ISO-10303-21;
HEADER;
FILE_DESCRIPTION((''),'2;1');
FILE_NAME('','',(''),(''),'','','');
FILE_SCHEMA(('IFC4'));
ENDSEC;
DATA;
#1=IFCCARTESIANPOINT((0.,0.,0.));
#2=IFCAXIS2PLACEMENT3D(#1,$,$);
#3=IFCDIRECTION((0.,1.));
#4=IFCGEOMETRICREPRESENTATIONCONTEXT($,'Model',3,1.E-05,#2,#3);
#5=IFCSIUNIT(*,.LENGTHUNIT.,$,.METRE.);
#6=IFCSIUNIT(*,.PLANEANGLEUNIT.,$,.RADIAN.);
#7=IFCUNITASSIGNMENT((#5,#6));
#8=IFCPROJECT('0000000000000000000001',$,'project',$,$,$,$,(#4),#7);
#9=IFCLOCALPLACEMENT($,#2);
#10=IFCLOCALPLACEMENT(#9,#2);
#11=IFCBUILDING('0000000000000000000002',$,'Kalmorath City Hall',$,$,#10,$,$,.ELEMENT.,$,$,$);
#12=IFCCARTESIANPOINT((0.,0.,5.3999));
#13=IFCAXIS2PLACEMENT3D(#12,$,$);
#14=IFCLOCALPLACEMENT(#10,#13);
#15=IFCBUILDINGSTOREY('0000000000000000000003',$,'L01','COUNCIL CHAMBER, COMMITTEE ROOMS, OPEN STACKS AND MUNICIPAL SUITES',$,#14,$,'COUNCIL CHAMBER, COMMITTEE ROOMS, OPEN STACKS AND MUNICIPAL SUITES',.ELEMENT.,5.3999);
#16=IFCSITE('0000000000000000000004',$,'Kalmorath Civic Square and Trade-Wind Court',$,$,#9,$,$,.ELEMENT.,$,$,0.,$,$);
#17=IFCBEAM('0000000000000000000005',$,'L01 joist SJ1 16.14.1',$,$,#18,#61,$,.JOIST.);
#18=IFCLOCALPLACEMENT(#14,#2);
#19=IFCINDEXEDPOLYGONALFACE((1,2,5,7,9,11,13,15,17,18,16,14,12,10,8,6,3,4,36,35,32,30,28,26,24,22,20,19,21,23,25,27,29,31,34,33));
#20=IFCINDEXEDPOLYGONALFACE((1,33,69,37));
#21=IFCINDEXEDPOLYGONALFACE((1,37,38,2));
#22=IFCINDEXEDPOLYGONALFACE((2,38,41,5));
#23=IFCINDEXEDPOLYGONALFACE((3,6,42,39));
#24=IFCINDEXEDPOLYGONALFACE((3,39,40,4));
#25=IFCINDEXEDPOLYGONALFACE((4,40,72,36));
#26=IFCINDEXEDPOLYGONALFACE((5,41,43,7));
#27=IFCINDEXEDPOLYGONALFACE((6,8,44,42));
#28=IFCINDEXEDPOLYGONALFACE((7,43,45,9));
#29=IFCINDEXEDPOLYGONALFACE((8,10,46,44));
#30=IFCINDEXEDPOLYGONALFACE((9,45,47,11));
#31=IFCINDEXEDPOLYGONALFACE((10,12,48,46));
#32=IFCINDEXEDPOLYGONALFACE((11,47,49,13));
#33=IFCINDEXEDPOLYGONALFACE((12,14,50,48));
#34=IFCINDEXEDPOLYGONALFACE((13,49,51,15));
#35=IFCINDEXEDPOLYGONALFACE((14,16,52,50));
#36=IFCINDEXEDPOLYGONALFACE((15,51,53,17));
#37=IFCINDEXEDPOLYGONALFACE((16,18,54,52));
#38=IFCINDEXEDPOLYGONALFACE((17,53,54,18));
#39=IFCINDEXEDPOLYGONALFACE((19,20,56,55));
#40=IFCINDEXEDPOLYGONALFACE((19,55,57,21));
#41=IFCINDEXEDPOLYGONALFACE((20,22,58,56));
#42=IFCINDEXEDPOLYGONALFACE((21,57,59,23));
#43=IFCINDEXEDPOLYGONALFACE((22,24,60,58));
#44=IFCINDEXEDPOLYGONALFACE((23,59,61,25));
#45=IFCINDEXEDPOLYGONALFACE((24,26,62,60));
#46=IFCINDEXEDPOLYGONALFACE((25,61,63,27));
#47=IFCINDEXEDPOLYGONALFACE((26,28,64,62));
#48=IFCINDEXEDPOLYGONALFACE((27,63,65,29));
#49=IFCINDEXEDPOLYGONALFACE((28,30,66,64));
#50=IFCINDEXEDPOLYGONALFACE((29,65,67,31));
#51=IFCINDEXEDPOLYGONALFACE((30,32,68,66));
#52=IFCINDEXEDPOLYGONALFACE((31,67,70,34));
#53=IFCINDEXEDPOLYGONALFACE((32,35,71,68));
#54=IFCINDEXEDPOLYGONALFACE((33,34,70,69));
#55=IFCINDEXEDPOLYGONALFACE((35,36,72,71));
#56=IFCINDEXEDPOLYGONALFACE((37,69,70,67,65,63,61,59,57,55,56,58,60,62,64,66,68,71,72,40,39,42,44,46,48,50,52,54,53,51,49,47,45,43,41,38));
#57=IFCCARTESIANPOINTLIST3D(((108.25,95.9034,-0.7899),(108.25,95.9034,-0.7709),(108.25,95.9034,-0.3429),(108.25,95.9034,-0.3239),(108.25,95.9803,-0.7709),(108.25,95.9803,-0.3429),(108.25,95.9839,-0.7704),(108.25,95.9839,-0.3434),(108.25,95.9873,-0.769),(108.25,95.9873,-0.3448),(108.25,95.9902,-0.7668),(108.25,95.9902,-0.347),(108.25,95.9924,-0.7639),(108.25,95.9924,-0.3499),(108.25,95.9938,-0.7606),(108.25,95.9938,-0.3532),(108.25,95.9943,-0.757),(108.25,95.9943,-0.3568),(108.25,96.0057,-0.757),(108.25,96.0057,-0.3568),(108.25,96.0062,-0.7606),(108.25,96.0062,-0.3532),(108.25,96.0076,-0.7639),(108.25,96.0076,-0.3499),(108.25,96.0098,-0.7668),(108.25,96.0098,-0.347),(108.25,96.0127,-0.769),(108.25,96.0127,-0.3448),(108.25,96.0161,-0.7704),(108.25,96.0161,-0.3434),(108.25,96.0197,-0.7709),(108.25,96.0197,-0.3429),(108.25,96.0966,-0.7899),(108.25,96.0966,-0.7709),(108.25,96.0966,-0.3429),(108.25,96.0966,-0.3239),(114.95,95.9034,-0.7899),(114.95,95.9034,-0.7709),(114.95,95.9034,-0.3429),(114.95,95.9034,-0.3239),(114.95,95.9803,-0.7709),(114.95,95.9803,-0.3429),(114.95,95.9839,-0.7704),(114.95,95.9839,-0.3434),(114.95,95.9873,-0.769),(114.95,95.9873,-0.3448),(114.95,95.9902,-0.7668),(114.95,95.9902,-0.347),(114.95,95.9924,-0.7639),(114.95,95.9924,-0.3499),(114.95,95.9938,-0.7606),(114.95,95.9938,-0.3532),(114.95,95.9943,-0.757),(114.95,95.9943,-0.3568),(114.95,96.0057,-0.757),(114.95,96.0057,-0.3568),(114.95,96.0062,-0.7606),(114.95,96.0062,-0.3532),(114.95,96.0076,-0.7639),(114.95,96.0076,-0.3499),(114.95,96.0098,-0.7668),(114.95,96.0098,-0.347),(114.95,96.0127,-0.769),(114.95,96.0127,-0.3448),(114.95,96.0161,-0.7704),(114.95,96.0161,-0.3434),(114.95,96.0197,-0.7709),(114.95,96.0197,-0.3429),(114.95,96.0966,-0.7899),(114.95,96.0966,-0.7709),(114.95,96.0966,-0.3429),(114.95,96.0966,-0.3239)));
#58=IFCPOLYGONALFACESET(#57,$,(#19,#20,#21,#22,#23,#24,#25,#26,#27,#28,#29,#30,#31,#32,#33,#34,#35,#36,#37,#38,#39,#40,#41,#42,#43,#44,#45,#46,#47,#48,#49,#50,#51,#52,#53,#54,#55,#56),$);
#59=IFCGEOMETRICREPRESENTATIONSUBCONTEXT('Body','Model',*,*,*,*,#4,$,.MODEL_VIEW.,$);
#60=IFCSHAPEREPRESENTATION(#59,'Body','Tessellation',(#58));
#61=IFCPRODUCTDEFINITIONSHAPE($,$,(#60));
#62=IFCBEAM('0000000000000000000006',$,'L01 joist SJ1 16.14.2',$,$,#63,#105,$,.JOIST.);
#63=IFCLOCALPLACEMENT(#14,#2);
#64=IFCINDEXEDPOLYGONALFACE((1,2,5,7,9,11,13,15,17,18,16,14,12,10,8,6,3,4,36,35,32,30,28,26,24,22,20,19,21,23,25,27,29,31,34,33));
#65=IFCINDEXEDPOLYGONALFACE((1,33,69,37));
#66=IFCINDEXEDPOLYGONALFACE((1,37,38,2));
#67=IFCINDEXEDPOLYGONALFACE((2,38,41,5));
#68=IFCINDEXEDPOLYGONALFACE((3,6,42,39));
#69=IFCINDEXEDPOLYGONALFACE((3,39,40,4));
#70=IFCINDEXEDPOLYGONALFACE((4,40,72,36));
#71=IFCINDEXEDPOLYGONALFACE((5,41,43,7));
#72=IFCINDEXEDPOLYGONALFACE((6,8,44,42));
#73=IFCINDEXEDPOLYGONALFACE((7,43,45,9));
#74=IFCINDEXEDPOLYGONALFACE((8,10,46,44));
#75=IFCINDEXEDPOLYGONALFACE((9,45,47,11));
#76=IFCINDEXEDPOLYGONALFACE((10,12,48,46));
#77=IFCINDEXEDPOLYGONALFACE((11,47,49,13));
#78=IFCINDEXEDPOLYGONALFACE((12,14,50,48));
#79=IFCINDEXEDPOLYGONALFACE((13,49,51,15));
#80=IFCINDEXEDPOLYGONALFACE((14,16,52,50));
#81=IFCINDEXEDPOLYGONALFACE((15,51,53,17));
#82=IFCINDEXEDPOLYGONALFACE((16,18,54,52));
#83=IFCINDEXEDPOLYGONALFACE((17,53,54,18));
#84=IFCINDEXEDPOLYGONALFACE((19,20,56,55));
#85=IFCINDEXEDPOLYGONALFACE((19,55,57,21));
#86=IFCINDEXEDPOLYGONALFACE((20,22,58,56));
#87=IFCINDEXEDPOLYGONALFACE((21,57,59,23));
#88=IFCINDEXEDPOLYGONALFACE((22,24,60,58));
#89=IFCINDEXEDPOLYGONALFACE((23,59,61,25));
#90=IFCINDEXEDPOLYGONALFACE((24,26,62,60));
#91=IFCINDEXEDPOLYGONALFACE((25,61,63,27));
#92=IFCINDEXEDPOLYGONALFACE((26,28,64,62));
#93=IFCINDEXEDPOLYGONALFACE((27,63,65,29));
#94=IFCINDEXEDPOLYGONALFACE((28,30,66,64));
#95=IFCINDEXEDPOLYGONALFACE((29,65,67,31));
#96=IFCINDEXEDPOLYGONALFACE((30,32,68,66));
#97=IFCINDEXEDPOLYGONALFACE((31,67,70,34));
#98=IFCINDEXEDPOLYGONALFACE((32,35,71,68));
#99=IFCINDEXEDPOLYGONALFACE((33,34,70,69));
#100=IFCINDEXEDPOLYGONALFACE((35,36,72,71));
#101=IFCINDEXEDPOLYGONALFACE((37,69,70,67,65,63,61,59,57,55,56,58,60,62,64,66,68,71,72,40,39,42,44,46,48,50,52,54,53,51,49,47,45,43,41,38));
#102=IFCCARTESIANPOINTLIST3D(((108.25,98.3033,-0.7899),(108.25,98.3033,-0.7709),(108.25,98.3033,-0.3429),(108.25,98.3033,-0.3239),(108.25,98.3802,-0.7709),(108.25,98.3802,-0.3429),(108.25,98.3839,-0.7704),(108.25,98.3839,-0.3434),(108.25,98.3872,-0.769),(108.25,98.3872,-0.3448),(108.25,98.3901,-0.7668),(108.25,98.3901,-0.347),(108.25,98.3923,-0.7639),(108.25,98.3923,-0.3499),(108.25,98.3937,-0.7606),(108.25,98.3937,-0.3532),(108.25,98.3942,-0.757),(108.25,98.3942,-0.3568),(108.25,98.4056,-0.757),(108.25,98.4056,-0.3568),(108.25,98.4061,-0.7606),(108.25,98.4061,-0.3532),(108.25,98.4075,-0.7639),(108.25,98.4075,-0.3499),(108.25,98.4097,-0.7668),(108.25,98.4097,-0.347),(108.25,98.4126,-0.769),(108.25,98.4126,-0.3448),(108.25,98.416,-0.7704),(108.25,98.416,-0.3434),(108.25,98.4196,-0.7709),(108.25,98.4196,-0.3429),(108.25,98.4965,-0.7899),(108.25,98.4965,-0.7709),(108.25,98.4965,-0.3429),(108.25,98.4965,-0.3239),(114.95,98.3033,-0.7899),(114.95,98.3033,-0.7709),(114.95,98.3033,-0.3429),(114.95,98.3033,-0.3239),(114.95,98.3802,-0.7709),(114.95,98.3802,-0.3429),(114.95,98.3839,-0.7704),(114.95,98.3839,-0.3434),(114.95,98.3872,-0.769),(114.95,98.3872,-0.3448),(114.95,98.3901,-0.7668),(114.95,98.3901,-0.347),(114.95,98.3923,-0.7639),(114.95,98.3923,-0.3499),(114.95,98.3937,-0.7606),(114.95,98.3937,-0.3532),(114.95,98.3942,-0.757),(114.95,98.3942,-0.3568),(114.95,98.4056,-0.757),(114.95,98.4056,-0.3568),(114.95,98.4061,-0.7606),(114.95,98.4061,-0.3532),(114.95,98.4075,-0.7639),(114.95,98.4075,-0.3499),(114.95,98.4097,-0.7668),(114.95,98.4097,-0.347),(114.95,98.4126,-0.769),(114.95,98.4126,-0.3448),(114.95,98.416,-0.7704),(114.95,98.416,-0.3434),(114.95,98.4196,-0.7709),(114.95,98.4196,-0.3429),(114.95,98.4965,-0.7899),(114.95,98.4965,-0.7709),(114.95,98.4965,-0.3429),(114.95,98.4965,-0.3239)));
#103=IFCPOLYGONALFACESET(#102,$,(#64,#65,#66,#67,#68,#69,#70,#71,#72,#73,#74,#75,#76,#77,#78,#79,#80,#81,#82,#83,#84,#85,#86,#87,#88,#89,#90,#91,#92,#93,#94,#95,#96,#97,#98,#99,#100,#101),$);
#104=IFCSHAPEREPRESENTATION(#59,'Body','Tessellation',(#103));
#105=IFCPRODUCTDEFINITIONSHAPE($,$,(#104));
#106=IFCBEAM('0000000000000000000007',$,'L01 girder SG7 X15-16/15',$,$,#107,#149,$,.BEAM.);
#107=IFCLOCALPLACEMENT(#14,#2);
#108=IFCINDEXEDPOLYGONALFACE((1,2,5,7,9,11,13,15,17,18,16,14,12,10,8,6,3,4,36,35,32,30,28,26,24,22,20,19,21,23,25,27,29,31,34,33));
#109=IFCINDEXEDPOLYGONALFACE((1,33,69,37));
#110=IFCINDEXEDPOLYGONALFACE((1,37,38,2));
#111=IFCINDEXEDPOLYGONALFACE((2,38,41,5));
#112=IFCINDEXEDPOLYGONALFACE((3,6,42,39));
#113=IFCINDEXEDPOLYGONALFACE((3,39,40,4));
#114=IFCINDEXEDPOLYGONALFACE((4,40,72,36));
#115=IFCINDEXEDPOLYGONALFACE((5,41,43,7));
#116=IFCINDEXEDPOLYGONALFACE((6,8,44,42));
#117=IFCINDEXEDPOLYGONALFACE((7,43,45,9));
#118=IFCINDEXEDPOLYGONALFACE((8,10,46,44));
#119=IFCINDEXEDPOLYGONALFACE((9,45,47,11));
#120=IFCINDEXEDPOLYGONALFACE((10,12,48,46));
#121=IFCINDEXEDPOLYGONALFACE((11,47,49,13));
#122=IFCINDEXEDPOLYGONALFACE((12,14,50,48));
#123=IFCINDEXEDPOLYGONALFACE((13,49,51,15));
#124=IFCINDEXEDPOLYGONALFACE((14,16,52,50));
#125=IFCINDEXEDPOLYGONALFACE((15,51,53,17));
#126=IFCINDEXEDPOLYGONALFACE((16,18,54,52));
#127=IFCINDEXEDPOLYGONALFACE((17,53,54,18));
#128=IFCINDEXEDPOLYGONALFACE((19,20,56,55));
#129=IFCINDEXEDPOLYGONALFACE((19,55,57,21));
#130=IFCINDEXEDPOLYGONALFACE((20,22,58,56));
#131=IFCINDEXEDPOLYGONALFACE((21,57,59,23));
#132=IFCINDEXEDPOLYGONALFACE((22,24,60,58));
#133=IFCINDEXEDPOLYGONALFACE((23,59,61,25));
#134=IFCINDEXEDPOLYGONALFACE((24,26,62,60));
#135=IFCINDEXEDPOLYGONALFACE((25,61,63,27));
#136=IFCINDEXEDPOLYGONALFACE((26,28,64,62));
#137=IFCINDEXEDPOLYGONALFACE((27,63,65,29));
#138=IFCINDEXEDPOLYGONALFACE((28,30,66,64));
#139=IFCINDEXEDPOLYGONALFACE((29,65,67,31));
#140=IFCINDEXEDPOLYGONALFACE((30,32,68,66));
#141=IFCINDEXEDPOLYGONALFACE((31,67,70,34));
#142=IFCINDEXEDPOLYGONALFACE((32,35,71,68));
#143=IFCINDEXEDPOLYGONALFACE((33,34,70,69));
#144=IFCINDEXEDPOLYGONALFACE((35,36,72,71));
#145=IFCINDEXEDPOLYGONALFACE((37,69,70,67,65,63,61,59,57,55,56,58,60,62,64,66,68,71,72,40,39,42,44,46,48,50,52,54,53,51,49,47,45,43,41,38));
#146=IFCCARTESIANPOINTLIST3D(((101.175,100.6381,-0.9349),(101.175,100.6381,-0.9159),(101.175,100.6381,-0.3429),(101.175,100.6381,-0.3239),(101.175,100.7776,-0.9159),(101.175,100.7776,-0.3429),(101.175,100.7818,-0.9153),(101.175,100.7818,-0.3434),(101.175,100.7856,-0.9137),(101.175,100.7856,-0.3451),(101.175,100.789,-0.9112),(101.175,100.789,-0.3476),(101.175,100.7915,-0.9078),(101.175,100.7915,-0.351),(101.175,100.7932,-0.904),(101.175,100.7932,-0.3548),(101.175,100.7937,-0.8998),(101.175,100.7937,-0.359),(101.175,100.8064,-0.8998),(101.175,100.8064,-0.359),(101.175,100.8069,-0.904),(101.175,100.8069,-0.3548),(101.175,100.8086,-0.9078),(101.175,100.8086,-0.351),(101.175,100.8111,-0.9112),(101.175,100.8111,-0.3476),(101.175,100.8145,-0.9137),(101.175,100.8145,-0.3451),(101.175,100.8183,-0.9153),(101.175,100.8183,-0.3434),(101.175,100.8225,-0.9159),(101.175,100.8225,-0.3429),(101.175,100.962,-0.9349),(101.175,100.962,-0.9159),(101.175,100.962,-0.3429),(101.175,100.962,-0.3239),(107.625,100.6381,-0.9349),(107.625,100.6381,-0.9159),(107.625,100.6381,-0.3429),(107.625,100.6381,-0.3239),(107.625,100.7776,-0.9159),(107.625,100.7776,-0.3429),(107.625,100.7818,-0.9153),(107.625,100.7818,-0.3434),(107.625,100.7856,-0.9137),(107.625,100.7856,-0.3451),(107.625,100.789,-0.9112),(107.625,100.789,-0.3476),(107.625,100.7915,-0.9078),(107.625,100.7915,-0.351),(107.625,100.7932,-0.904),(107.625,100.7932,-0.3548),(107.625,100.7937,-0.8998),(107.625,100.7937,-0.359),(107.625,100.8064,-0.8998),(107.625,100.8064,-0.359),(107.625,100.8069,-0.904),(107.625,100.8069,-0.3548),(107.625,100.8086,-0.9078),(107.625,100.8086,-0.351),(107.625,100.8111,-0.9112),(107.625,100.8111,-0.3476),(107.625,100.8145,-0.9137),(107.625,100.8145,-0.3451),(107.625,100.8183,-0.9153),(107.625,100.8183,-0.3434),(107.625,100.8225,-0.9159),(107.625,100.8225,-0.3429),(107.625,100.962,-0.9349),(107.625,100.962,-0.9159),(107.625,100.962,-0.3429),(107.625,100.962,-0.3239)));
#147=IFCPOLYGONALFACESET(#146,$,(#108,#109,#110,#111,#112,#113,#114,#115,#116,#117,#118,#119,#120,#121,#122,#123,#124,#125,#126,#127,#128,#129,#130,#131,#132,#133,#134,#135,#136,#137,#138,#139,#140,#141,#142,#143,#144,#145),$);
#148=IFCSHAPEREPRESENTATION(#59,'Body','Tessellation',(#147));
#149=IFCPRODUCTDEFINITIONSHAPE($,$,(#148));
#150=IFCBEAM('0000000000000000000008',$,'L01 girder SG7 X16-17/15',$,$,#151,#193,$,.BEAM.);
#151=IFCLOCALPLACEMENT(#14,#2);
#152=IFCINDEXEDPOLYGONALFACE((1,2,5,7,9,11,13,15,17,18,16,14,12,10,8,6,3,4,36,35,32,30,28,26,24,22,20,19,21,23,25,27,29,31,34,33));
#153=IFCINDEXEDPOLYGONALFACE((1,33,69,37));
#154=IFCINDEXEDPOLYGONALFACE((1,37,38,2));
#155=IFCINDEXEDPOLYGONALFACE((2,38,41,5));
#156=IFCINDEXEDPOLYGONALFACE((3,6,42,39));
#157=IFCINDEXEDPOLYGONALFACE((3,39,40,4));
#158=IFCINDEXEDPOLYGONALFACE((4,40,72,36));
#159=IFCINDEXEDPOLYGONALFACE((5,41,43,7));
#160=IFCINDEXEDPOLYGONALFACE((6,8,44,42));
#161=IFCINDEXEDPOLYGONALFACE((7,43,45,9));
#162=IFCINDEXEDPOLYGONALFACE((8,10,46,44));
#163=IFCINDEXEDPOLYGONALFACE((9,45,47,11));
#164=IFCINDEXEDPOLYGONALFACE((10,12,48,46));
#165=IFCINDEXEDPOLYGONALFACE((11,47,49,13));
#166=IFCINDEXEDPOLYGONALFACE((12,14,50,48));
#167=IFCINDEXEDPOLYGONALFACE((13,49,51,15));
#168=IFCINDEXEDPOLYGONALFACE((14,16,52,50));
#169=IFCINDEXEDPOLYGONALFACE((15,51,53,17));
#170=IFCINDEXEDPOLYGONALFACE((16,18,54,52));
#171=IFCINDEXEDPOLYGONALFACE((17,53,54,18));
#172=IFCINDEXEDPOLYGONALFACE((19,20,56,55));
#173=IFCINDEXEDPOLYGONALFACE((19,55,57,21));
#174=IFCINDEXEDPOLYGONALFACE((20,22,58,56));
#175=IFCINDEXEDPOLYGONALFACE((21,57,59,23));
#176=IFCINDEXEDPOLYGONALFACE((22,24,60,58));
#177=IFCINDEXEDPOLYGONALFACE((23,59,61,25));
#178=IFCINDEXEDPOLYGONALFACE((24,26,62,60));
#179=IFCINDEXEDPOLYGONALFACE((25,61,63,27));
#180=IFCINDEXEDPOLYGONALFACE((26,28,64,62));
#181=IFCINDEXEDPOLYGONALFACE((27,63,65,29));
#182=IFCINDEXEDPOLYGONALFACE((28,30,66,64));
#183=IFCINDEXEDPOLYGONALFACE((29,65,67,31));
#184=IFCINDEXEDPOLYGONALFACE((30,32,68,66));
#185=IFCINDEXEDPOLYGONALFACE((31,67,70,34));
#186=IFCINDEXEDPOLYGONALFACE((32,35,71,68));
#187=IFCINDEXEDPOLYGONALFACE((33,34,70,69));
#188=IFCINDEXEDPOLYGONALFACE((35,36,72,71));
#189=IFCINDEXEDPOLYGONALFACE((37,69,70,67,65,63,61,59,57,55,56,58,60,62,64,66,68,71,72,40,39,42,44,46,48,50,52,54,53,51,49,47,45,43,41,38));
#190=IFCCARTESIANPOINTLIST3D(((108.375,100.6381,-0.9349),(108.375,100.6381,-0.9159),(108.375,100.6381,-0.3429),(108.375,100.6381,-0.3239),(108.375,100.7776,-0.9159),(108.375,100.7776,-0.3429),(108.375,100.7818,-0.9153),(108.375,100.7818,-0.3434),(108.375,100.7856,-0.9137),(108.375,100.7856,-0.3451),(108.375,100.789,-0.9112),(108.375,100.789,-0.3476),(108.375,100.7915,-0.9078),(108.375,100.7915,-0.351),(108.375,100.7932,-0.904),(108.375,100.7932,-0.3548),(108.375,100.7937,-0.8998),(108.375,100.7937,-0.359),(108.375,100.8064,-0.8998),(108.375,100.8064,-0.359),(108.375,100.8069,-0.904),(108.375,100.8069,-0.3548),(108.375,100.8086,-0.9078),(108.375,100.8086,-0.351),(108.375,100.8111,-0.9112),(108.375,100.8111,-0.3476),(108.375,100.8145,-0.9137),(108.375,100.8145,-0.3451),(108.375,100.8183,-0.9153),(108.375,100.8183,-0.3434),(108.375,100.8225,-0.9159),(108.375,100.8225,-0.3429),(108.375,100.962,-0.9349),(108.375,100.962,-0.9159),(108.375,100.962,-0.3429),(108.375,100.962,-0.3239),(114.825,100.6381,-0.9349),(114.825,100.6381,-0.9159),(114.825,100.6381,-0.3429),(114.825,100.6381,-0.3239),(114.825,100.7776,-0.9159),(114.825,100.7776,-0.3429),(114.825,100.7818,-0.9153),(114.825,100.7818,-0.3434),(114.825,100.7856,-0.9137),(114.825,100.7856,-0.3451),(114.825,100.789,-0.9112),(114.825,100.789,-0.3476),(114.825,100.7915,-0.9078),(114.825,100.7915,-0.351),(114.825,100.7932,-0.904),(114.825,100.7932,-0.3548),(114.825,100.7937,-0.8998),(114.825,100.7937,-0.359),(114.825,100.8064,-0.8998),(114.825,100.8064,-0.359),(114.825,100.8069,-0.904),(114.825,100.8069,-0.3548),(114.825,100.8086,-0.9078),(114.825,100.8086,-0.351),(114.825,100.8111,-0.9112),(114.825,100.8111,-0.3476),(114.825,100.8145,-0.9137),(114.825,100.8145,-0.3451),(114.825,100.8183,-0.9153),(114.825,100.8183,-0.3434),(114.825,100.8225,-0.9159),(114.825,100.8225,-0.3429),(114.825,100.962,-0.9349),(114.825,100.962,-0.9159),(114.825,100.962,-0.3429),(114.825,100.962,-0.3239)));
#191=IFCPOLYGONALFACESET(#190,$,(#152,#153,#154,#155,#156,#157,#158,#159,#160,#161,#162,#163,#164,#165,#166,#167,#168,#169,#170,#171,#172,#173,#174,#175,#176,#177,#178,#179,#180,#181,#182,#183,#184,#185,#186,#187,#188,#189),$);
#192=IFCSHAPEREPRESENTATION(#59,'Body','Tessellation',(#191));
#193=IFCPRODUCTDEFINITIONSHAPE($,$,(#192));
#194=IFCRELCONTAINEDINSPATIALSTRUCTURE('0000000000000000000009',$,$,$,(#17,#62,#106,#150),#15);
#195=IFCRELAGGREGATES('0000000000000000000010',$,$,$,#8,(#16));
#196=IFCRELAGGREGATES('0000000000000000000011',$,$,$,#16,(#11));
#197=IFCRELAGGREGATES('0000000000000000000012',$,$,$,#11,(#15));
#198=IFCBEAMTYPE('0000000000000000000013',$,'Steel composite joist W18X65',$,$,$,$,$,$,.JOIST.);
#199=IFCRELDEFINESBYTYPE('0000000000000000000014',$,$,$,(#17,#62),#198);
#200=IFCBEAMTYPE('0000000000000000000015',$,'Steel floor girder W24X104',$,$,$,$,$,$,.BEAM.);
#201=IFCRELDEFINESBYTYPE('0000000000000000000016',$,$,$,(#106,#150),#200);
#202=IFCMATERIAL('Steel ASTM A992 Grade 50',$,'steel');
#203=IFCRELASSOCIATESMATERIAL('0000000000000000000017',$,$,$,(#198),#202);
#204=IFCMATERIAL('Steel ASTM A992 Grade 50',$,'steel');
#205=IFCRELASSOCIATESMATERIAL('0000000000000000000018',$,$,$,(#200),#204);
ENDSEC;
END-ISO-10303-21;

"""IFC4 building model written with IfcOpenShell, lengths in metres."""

from ifc_helpers import new_model, si_unit, direction, frame, origin, origin_2d, place, context, subcontext, project, spatial, i_section, extrude, material, material_profile, profile_set, type_object, element, save


model = new_model("IFC4")

# Units and contexts
model_context = context("Model", 3, precision=1e-05, world=origin(), true_north=direction((0.0, 1.0)))
body_context = subcontext(model_context, "Body", "Model", "MODEL_VIEW")
ifc_project = project(units=[si_unit("LENGTHUNIT", "METRE"), si_unit("PLANEANGLEUNIT", "RADIAN")], contexts=[model_context])

# Site, building, storey
site_placement = place(None, origin())
site = spatial("IfcSite", under=ifc_project, at=site_placement, Name="Kalmorath Civic Square and Trade-Wind Court", CompositionType="ELEMENT", RefElevation=0.0)
building_placement = place(site_placement, origin())
building = spatial("IfcBuilding", under=site, at=building_placement, Name="Kalmorath City Hall", CompositionType="ELEMENT")
storey_placement = place(building_placement, frame((0.0, 0.0, 5.3999)))
storey = spatial("IfcBuildingStorey", under=building, at=storey_placement, Name="L01", Description="COUNCIL CHAMBER, COMMITTEE ROOMS, OPEN STACKS AND MUNICIPAL SUITES", LongName="COUNCIL CHAMBER, COMMITTEE ROOMS, OPEN STACKS AND MUNICIPAL SUITES", CompositionType="ELEMENT", Elevation=5.3999)

# Beams
ifc_material_1 = material(Name="Steel ASTM A992 Grade 50", Category="steel")
ifc_material_profile_1 = material_profile(ifc_material_1, i_section(OverallWidth=0.1931, OverallDepth=0.4661, WebThickness=0.0115, FlangeThickness=0.019, FilletRadius=0.0139, at=origin_2d()), Name="W18X65")
ifc_profile_set_1 = profile_set([ifc_material_profile_1], Name="Steel ASTM A992 Grade 50")
beam_type_1 = type_object("IfcBeamType", Name="Steel composite joist W18X65", PredefinedType="JOIST", material=ifc_profile_set_1)
for number, where, z_axis, x_axis, name in (
    (1, (108.25, 96.0, -0.5569), (1.0, 0.0, 0.0), (0.0, 1.0, 0.0), "L01 joist SJ1 16.14.1"),
    (2, (108.25, 98.3999, -0.5569), (1.0, 0.0, 0.0), (0.0, 1.0, 0.0), "L01 joist SJ1 16.14.2"),
):
    element("IfcBeam", number, at=place(storey_placement, frame(where, z_axis=z_axis, x_axis=x_axis)), inside=storey, type_object=beam_type_1, Name=name, PredefinedType="JOIST", context=body_context, shape_type="SweptSolid", body=[
        extrude(i_section(OverallWidth=0.1931, OverallDepth=0.4661, WebThickness=0.0115, FlangeThickness=0.019, FilletRadius=0.0139, at=origin_2d()), origin(), (0.0, 0.0, 1.0), 6.7),
    ])
ifc_material_2 = material(Name="Steel ASTM A992 Grade 50", Category="steel")
ifc_material_profile_2 = material_profile(ifc_material_2, i_section(OverallWidth=0.324, OverallDepth=0.6111, WebThickness=0.0127, FlangeThickness=0.019, FilletRadius=0.0161, at=origin_2d()), Name="W24X104")
ifc_profile_set_2 = profile_set([ifc_material_profile_2], Name="Steel ASTM A992 Grade 50")
beam_type_2 = type_object("IfcBeamType", Name="Steel floor girder W24X104", PredefinedType="BEAM", material=ifc_profile_set_2)
for number, where, z_axis, x_axis, name in (
    (3, (101.175, 100.8, -0.6294), (1.0, 0.0, 0.0), (0.0, 1.0, 0.0), "L01 girder SG7 X15-16/15"),
    (4, (108.375, 100.8, -0.6294), (1.0, 0.0, 0.0), (0.0, 1.0, 0.0), "L01 girder SG7 X16-17/15"),
):
    element("IfcBeam", number, at=place(storey_placement, frame(where, z_axis=z_axis, x_axis=x_axis)), inside=storey, type_object=beam_type_2, Name=name, PredefinedType="BEAM", context=body_context, shape_type="SweptSolid", body=[
        extrude(i_section(OverallWidth=0.324, OverallDepth=0.6111, WebThickness=0.0127, FlangeThickness=0.019, FilletRadius=0.0161, at=origin_2d()), origin(), (0.0, 0.0, 1.0), 6.45),
    ])

save(model, "model.ifc")
